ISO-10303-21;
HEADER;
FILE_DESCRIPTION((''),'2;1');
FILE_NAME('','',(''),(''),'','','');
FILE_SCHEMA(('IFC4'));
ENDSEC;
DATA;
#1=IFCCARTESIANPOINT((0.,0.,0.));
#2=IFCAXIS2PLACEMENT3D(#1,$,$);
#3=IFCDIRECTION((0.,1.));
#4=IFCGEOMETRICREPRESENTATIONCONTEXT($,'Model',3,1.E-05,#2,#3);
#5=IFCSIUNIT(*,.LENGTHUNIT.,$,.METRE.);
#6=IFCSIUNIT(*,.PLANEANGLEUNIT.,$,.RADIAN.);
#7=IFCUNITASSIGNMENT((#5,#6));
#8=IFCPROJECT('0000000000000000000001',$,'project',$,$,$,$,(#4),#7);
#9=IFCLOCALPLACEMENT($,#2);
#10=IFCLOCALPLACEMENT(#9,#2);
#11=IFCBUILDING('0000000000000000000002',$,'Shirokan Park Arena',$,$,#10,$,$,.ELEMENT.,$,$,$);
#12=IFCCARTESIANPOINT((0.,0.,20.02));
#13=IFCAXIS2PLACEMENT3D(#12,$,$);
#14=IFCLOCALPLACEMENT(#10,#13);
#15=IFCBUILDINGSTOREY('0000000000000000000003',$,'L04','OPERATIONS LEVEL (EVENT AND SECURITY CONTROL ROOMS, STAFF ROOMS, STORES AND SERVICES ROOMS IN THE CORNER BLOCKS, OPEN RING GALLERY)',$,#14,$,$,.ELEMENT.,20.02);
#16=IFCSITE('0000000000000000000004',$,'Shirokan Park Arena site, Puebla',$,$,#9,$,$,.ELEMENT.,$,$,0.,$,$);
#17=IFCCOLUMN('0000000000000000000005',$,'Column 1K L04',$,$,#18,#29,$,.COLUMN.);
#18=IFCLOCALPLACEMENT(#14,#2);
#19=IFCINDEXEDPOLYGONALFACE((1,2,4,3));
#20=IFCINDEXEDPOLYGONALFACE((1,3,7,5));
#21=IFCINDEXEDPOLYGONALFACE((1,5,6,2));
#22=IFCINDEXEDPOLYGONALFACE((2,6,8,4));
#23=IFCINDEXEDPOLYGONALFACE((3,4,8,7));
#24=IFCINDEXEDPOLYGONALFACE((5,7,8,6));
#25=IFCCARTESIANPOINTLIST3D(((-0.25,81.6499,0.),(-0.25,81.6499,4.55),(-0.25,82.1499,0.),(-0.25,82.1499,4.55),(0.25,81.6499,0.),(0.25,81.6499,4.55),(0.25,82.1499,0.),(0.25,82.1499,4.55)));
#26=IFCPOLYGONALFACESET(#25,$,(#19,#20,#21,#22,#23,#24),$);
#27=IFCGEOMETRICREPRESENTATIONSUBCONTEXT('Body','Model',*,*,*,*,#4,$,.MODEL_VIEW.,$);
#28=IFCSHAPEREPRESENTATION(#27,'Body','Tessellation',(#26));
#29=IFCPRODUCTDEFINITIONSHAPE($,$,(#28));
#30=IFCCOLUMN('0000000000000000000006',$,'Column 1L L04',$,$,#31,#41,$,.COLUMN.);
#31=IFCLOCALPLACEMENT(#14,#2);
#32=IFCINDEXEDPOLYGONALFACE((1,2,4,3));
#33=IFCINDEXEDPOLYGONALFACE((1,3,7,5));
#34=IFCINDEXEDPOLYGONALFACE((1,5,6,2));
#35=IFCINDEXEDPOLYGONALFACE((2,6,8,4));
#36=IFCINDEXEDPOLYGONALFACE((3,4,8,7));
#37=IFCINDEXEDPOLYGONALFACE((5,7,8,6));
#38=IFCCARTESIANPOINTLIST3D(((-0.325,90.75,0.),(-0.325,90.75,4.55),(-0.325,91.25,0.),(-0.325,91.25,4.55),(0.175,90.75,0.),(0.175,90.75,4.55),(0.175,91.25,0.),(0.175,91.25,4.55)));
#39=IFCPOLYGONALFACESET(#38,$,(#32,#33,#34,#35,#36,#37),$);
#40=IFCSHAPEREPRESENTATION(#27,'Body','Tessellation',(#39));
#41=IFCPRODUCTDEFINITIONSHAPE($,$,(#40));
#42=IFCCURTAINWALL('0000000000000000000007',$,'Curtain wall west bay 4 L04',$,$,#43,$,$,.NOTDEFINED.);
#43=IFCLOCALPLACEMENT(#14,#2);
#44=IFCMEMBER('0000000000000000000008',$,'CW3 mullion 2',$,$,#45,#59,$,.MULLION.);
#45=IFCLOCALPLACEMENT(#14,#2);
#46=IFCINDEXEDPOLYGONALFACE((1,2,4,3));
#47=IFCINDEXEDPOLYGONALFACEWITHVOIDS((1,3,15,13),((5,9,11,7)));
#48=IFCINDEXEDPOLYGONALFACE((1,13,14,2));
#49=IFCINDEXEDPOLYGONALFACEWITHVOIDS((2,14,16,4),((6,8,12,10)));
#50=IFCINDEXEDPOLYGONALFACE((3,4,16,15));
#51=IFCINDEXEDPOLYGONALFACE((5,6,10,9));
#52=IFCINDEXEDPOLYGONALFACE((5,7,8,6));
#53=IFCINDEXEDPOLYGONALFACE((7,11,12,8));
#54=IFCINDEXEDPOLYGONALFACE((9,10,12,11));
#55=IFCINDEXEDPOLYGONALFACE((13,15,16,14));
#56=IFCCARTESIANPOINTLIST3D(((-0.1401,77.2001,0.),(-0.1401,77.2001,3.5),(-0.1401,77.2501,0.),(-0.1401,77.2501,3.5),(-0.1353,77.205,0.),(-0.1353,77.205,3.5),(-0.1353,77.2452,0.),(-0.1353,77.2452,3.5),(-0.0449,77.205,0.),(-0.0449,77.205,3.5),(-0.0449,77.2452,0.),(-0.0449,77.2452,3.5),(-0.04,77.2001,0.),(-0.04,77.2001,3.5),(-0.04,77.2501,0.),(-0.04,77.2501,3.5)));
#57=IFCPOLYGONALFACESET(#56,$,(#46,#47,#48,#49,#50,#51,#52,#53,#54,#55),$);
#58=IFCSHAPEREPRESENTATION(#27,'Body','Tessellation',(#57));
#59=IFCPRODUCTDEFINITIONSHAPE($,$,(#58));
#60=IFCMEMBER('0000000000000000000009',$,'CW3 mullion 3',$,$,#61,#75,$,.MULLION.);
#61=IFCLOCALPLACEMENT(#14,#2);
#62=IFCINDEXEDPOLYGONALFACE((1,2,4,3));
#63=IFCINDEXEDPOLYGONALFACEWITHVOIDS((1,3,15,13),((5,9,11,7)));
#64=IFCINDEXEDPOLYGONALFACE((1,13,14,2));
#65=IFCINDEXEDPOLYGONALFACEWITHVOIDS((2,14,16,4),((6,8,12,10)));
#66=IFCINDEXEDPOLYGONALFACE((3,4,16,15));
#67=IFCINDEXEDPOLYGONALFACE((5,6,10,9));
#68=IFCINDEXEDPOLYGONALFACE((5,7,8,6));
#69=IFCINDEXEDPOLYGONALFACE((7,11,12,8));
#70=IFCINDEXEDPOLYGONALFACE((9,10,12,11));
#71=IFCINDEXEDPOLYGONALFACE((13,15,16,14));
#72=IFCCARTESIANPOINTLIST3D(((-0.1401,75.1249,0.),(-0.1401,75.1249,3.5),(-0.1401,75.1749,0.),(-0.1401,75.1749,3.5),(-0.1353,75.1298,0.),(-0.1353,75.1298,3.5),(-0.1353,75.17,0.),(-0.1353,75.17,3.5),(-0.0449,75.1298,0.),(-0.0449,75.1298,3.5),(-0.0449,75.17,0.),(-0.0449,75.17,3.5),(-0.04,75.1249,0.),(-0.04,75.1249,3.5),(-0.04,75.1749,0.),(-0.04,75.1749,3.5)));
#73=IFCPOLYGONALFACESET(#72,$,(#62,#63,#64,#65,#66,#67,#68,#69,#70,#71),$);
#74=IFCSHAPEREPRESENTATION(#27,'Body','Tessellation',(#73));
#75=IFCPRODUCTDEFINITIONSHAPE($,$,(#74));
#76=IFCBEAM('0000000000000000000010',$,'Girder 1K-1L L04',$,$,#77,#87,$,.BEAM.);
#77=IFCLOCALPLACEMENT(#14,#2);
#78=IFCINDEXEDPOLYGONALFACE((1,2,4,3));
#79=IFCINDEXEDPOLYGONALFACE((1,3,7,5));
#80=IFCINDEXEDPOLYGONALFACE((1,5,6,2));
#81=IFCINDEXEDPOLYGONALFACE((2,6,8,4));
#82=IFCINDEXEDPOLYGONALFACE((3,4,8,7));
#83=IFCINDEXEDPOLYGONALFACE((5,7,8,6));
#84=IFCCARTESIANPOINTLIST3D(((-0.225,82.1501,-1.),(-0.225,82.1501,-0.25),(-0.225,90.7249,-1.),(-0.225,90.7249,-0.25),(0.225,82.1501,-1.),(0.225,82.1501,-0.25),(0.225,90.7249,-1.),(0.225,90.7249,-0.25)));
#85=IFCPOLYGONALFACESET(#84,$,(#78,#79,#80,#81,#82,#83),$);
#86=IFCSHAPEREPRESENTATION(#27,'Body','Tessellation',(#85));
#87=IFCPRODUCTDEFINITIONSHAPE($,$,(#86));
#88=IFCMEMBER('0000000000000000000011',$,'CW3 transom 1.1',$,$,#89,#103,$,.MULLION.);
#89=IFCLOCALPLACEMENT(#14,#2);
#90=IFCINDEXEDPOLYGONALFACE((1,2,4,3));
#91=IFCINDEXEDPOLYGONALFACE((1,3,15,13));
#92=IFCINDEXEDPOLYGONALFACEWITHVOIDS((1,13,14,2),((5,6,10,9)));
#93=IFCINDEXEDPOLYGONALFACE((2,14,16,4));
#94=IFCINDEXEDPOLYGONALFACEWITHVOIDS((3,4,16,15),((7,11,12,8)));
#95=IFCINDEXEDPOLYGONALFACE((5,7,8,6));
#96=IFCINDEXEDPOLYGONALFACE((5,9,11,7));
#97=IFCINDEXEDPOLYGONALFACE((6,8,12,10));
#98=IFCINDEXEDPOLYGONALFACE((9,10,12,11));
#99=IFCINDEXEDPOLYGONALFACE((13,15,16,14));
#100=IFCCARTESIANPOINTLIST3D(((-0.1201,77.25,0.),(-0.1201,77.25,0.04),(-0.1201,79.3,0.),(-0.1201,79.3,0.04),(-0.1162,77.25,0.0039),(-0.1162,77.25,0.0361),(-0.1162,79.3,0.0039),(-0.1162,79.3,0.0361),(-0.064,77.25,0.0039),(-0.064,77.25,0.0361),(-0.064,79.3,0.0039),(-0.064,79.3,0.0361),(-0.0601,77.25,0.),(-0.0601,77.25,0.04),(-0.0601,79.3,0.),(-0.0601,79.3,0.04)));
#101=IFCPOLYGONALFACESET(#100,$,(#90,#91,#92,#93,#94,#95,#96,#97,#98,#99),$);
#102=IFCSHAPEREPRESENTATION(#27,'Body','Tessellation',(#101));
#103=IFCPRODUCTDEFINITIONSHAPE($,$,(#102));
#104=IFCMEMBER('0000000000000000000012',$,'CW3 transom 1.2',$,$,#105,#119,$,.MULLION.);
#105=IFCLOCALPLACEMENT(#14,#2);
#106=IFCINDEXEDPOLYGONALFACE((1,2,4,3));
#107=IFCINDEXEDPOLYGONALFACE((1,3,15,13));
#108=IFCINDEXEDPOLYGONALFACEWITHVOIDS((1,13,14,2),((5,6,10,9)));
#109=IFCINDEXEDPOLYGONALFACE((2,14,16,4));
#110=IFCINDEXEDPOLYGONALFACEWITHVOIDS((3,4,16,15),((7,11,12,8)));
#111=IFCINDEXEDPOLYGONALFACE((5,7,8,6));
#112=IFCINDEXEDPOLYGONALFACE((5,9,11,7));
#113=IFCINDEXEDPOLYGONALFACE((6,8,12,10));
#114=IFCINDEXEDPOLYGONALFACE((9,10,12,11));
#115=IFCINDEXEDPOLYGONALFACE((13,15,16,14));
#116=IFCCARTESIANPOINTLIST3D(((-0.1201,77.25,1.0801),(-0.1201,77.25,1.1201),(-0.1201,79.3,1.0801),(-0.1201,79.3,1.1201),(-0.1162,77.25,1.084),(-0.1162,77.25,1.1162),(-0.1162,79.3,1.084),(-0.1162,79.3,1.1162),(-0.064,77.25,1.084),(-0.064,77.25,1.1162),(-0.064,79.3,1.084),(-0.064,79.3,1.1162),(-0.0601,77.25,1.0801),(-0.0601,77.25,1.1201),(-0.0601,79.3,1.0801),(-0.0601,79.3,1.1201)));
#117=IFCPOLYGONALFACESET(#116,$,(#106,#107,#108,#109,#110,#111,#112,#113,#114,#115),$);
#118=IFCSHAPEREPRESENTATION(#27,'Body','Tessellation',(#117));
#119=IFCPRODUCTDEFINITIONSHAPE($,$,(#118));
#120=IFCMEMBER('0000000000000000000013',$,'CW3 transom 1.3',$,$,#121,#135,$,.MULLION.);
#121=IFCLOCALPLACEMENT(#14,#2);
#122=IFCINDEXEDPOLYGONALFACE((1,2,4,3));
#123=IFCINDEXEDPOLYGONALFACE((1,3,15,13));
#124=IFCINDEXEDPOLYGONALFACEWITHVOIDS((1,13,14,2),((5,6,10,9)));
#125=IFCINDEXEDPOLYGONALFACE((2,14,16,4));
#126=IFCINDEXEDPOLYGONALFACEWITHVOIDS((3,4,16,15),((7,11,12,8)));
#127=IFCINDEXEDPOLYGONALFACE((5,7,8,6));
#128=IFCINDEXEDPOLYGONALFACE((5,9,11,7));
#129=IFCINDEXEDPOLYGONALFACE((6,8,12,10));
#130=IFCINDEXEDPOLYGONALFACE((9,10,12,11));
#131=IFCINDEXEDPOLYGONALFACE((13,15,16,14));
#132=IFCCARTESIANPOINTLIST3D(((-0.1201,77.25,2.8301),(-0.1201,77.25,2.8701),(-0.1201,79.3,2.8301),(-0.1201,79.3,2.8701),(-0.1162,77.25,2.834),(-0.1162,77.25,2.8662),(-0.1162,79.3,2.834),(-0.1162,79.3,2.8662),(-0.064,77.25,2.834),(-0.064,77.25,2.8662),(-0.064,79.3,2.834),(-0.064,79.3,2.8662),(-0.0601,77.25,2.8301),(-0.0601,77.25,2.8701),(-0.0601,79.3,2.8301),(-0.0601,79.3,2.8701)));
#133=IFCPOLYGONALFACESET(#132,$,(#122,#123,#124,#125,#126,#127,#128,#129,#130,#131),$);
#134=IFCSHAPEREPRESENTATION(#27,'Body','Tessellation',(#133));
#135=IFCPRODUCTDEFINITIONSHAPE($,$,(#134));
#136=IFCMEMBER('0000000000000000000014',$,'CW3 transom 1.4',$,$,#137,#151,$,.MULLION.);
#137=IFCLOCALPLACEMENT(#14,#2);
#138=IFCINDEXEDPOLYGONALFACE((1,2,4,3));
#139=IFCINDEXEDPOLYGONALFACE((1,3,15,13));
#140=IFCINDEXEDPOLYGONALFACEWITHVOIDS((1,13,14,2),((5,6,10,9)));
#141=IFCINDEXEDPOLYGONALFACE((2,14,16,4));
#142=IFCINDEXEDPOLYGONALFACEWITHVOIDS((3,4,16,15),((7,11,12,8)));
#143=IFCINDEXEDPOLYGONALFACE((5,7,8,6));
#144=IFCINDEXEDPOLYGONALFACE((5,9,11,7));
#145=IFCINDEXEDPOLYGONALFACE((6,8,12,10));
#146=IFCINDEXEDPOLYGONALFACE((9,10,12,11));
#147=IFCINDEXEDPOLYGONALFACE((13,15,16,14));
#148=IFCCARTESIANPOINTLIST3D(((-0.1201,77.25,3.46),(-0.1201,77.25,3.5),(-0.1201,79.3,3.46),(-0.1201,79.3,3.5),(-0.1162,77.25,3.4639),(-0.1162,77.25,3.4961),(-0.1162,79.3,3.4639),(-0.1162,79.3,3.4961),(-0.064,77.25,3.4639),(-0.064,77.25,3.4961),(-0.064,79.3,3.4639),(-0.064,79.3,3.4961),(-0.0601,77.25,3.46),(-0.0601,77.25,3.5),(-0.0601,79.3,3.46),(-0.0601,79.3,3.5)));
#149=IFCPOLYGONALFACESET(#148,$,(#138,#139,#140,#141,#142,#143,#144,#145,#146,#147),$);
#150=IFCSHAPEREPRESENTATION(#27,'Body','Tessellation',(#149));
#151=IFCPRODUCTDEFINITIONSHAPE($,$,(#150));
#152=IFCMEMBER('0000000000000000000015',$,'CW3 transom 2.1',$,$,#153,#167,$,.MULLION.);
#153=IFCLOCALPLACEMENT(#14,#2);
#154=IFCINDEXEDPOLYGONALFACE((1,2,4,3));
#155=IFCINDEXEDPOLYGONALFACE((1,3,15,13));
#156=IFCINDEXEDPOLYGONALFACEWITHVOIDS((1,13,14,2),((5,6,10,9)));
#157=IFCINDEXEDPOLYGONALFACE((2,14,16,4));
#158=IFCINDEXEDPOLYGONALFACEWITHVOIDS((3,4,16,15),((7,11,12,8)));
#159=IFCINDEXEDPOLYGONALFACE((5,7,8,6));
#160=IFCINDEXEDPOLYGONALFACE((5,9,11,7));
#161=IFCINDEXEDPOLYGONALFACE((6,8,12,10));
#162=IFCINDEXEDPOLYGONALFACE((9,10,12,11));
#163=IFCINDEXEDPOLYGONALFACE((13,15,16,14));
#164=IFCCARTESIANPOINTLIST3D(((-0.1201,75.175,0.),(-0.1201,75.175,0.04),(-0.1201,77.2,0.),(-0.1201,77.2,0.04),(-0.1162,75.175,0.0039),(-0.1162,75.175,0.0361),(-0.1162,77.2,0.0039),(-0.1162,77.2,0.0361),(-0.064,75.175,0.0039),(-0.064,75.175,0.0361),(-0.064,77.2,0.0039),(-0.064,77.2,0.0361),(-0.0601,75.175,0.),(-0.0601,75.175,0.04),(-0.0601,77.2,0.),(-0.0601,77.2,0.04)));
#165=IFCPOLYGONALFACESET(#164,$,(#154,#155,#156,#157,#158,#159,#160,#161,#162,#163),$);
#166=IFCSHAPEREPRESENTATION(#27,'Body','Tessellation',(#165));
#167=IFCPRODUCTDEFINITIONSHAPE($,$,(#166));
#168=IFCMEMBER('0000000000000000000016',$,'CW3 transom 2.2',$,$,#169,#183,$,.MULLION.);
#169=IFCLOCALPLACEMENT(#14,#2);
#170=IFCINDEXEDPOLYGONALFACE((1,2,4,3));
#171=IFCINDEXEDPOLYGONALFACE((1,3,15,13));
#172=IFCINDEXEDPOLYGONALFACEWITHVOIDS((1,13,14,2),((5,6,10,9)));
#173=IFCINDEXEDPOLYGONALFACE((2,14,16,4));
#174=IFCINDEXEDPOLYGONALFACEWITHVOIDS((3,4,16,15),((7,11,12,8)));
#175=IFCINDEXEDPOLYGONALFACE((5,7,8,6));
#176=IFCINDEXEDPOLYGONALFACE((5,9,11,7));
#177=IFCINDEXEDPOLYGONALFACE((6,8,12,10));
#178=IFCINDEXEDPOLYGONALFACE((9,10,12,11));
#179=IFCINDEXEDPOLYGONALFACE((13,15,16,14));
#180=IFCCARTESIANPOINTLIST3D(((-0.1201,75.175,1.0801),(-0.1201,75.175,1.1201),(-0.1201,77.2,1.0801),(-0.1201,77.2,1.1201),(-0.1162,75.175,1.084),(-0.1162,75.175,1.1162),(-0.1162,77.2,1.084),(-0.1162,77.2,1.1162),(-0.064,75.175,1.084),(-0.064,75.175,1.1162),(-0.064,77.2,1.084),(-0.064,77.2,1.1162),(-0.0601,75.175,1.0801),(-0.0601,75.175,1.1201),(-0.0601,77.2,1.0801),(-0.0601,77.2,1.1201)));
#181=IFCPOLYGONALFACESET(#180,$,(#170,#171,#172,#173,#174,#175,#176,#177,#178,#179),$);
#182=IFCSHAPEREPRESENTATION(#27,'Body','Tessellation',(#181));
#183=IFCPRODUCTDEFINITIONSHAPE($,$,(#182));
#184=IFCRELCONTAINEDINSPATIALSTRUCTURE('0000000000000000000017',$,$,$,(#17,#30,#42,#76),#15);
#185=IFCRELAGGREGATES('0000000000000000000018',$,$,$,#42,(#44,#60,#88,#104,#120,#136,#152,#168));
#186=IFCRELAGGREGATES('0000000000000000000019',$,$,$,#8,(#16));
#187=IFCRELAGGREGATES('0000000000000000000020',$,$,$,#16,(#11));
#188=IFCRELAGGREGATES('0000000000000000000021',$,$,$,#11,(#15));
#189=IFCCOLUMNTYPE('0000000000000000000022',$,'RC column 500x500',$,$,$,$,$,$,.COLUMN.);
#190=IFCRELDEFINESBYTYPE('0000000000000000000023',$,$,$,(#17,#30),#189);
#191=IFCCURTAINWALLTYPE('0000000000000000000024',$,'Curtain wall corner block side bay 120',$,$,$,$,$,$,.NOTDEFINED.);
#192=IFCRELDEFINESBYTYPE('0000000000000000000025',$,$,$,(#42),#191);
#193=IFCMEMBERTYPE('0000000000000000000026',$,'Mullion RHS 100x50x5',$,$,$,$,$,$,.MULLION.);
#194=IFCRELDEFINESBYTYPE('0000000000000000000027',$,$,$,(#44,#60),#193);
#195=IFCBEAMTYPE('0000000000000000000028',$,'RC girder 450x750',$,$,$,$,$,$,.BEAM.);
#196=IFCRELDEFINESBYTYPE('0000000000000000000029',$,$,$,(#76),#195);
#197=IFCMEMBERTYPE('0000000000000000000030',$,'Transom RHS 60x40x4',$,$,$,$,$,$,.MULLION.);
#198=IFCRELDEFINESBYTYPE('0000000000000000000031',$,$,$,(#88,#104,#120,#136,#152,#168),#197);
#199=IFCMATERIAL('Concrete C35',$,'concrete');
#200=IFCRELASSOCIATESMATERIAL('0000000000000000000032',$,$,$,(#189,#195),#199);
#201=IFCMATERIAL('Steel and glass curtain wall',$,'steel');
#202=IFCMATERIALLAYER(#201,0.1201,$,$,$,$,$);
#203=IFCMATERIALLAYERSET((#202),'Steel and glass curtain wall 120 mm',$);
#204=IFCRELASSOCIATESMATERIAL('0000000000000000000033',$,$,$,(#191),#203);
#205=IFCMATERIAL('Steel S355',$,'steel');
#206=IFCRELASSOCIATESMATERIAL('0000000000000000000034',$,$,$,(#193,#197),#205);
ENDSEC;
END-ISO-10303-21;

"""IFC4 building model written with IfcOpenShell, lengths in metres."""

from ifc_helpers import new_model, si_unit, direction, frame, origin, origin_2d, place, context, subcontext, project, spatial, rectangle, hollow_rectangle, extrude, material, layer, layer_set, material_profile, profile_set, type_object, element, aggregate, save


model = new_model("IFC4")

# Units and contexts
model_context = context("Model", 3, precision=1e-05, world=origin(), true_north=direction((0.0, 1.0)))
body_context = subcontext(model_context, "Body", "Model", "MODEL_VIEW")
ifc_project = project(units=[si_unit("LENGTHUNIT", "METRE"), si_unit("PLANEANGLEUNIT", "RADIAN")], contexts=[model_context])

# Site, building, storey
site_placement = place(None, origin())
site = spatial("IfcSite", under=ifc_project, at=site_placement, Name="Shirokan Park Arena site, Puebla", CompositionType="ELEMENT", RefElevation=0.0)
building_placement = place(site_placement, origin())
building = spatial("IfcBuilding", under=site, at=building_placement, Name="Shirokan Park Arena", CompositionType="ELEMENT")
storey_placement = place(building_placement, frame((0.0, 0.0, 20.02)))
storey = spatial("IfcBuildingStorey", under=building, at=storey_placement, Name="L04", Description="OPERATIONS LEVEL (EVENT AND SECURITY CONTROL ROOMS, STAFF ROOMS, STORES AND SERVICES ROOMS IN THE CORNER BLOCKS, OPEN RING GALLERY)", CompositionType="ELEMENT", Elevation=20.02)

# Columns
ifc_material_1 = material(Name="Concrete C35", Category="concrete")
ifc_material_profile_1 = material_profile(ifc_material_1, rectangle(XDim=0.5, YDim=0.5, at=origin_2d()), Name="500x500")
ifc_profile_set_1 = profile_set([ifc_material_profile_1], Name="Concrete C35")
column_type = type_object("IfcColumnType", Name="RC column 500x500", PredefinedType="COLUMN", material=ifc_profile_set_1)
for number, where, z_axis, x_axis, name in (
    (1, (0.0, 81.8999, 0.0), (0.0, 0.0, 1.0), (1.0, 0.0, 0.0), "Column 1K L04"),
    (2, (-0.075, 91.0, 0.0), (0.0, 0.0, 1.0), (1.0, 0.0, 0.0), "Column 1L L04"),
):
    element("IfcColumn", number, at=place(storey_placement, frame(where, z_axis=z_axis, x_axis=x_axis)), inside=storey, type_object=column_type, Name=name, PredefinedType="COLUMN", context=body_context, shape_type="SweptSolid", body=[
        extrude(rectangle(XDim=0.5, YDim=0.5, at=origin_2d()), origin(), (0.0, 0.0, 1.0), 4.55),
    ])

# Curtain wall, members
ifc_material_2 = material(Name="Steel and glass curtain wall", Category="steel")
ifc_layer_1 = layer(ifc_material_2, 0.1201)
ifc_layer_set_1 = layer_set([ifc_layer_1], Name="Steel and glass curtain wall 120 mm")
curtain_wall_type = type_object("IfcCurtainWallType", Name="Curtain wall corner block side bay 120", PredefinedType="NOTDEFINED", material=ifc_layer_set_1)
curtain_wall_placement = place(storey_placement, origin())
curtain_wall = element("IfcCurtainWall", 3, at=curtain_wall_placement, inside=storey, type_object=curtain_wall_type, Name="Curtain wall west bay 4 L04", PredefinedType="NOTDEFINED")
ifc_material_3 = material(Name="Steel S355", Category="steel")
ifc_material_profile_2 = material_profile(ifc_material_3, hollow_rectangle(XDim=0.1001, YDim=0.05, WallThickness=0.0049, at=origin_2d()), Name="RHS 100x50x5")
ifc_profile_set_2 = profile_set([ifc_material_profile_2], Name="Steel S355")
member_type_1 = type_object("IfcMemberType", Name="Mullion RHS 100x50x5", PredefinedType="MULLION", material=ifc_profile_set_2)
member_1_placement = place(storey_placement, frame((-0.0901, 77.2251, 0.0), z_axis=(0.0, 0.0, 1.0), x_axis=(1.0, 0.0, 0.0)))
member_1 = element("IfcMember", 4, at=member_1_placement, type_object=member_type_1, Name="CW3 mullion 2", PredefinedType="MULLION", context=body_context, shape_type="SweptSolid", body=[
    extrude(hollow_rectangle(XDim=0.1001, YDim=0.05, WallThickness=0.0049, at=origin_2d()), origin(), (0.0, 0.0, 1.0), 3.5),
])
member_2_placement = place(storey_placement, frame((-0.0901, 75.1499, 0.0), z_axis=(0.0, 0.0, 1.0), x_axis=(1.0, 0.0, 0.0)))
member_2 = element("IfcMember", 5, at=member_2_placement, type_object=member_type_1, Name="CW3 mullion 3", PredefinedType="MULLION", context=body_context, shape_type="SweptSolid", body=[
    extrude(hollow_rectangle(XDim=0.1001, YDim=0.05, WallThickness=0.0049, at=origin_2d()), origin(), (0.0, 0.0, 1.0), 3.5),
])

# Beam
ifc_material_profile_3 = material_profile(ifc_material_1, rectangle(XDim=0.45, YDim=0.75, at=origin_2d()), Name="450x750")
ifc_profile_set_3 = profile_set([ifc_material_profile_3], Name="Concrete C35")
beam_type = type_object("IfcBeamType", Name="RC girder 450x750", PredefinedType="BEAM", material=ifc_profile_set_3)
beam_placement = place(storey_placement, frame((0.0, 82.1501, -0.625), z_axis=(0.0, 1.0, 0.0), x_axis=(-1.0, 0.0, 0.0)))
element("IfcBeam", 6, at=beam_placement, inside=storey, type_object=beam_type, Name="Girder 1K-1L L04", PredefinedType="BEAM", context=body_context, shape_type="SweptSolid", body=[
    extrude(rectangle(XDim=0.45, YDim=0.75, at=origin_2d()), origin(), (0.0, 0.0, 1.0), 8.5747),
])

# Members
ifc_material_profile_4 = material_profile(ifc_material_3, hollow_rectangle(XDim=0.0601, YDim=0.04, WallThickness=0.0039, at=origin_2d()), Name="RHS 60x40x4")
ifc_profile_set_4 = profile_set([ifc_material_profile_4], Name="Steel S355")
member_type_2 = type_object("IfcMemberType", Name="Transom RHS 60x40x4", PredefinedType="MULLION", material=ifc_profile_set_4)
member_3_placement = place(storey_placement, frame((-0.0901, 79.3, 0.02), z_axis=(0.0, -1.0, 0.0), x_axis=(1.0, 0.0, 0.0)))
member_3 = element("IfcMember", 7, at=member_3_placement, type_object=member_type_2, Name="CW3 transom 1.1", PredefinedType="MULLION", context=body_context, shape_type="SweptSolid", body=[
    extrude(hollow_rectangle(XDim=0.0601, YDim=0.04, WallThickness=0.0039, at=origin_2d()), origin(), (0.0, 0.0, 1.0), 2.05),
])
member_4_placement = place(storey_placement, frame((-0.0901, 79.3, 1.1001), z_axis=(0.0, -1.0, 0.0), x_axis=(1.0, 0.0, 0.0)))
member_4 = element("IfcMember", 8, at=member_4_placement, type_object=member_type_2, Name="CW3 transom 1.2", PredefinedType="MULLION", context=body_context, shape_type="SweptSolid", body=[
    extrude(hollow_rectangle(XDim=0.0601, YDim=0.04, WallThickness=0.0039, at=origin_2d()), origin(), (0.0, 0.0, 1.0), 2.05),
])
member_5_placement = place(storey_placement, frame((-0.0901, 79.3, 2.8501), z_axis=(0.0, -1.0, 0.0), x_axis=(1.0, 0.0, 0.0)))
member_5 = element("IfcMember", 9, at=member_5_placement, type_object=member_type_2, Name="CW3 transom 1.3", PredefinedType="MULLION", context=body_context, shape_type="SweptSolid", body=[
    extrude(hollow_rectangle(XDim=0.0601, YDim=0.04, WallThickness=0.0039, at=origin_2d()), origin(), (0.0, 0.0, 1.0), 2.05),
])
member_6_placement = place(storey_placement, frame((-0.0901, 79.3, 3.48), z_axis=(0.0, -1.0, 0.0), x_axis=(1.0, 0.0, 0.0)))
member_6 = element("IfcMember", 10, at=member_6_placement, type_object=member_type_2, Name="CW3 transom 1.4", PredefinedType="MULLION", context=body_context, shape_type="SweptSolid", body=[
    extrude(hollow_rectangle(XDim=0.0601, YDim=0.04, WallThickness=0.0039, at=origin_2d()), origin(), (0.0, 0.0, 1.0), 2.05),
])
member_7_placement = place(storey_placement, frame((-0.0901, 77.2, 0.02), z_axis=(0.0, -1.0, 0.0), x_axis=(1.0, 0.0, 0.0)))
member_7 = element("IfcMember", 11, at=member_7_placement, type_object=member_type_2, Name="CW3 transom 2.1", PredefinedType="MULLION", context=body_context, shape_type="SweptSolid", body=[
    extrude(hollow_rectangle(XDim=0.0601, YDim=0.04, WallThickness=0.0039, at=origin_2d()), origin(), (0.0, 0.0, 1.0), 2.0249),
])
member_8_placement = place(storey_placement, frame((-0.0901, 77.2, 1.1001), z_axis=(0.0, -1.0, 0.0), x_axis=(1.0, 0.0, 0.0)))
member_8 = element("IfcMember", 12, at=member_8_placement, type_object=member_type_2, Name="CW3 transom 2.2", PredefinedType="MULLION", context=body_context, shape_type="SweptSolid", body=[
    extrude(hollow_rectangle(XDim=0.0601, YDim=0.04, WallThickness=0.0039, at=origin_2d()), origin(), (0.0, 0.0, 1.0), 2.0249),
])

aggregate(curtain_wall, [member_1, member_2, member_3, member_4, member_5, member_6, member_7, member_8])

save(model, "model.ifc")
